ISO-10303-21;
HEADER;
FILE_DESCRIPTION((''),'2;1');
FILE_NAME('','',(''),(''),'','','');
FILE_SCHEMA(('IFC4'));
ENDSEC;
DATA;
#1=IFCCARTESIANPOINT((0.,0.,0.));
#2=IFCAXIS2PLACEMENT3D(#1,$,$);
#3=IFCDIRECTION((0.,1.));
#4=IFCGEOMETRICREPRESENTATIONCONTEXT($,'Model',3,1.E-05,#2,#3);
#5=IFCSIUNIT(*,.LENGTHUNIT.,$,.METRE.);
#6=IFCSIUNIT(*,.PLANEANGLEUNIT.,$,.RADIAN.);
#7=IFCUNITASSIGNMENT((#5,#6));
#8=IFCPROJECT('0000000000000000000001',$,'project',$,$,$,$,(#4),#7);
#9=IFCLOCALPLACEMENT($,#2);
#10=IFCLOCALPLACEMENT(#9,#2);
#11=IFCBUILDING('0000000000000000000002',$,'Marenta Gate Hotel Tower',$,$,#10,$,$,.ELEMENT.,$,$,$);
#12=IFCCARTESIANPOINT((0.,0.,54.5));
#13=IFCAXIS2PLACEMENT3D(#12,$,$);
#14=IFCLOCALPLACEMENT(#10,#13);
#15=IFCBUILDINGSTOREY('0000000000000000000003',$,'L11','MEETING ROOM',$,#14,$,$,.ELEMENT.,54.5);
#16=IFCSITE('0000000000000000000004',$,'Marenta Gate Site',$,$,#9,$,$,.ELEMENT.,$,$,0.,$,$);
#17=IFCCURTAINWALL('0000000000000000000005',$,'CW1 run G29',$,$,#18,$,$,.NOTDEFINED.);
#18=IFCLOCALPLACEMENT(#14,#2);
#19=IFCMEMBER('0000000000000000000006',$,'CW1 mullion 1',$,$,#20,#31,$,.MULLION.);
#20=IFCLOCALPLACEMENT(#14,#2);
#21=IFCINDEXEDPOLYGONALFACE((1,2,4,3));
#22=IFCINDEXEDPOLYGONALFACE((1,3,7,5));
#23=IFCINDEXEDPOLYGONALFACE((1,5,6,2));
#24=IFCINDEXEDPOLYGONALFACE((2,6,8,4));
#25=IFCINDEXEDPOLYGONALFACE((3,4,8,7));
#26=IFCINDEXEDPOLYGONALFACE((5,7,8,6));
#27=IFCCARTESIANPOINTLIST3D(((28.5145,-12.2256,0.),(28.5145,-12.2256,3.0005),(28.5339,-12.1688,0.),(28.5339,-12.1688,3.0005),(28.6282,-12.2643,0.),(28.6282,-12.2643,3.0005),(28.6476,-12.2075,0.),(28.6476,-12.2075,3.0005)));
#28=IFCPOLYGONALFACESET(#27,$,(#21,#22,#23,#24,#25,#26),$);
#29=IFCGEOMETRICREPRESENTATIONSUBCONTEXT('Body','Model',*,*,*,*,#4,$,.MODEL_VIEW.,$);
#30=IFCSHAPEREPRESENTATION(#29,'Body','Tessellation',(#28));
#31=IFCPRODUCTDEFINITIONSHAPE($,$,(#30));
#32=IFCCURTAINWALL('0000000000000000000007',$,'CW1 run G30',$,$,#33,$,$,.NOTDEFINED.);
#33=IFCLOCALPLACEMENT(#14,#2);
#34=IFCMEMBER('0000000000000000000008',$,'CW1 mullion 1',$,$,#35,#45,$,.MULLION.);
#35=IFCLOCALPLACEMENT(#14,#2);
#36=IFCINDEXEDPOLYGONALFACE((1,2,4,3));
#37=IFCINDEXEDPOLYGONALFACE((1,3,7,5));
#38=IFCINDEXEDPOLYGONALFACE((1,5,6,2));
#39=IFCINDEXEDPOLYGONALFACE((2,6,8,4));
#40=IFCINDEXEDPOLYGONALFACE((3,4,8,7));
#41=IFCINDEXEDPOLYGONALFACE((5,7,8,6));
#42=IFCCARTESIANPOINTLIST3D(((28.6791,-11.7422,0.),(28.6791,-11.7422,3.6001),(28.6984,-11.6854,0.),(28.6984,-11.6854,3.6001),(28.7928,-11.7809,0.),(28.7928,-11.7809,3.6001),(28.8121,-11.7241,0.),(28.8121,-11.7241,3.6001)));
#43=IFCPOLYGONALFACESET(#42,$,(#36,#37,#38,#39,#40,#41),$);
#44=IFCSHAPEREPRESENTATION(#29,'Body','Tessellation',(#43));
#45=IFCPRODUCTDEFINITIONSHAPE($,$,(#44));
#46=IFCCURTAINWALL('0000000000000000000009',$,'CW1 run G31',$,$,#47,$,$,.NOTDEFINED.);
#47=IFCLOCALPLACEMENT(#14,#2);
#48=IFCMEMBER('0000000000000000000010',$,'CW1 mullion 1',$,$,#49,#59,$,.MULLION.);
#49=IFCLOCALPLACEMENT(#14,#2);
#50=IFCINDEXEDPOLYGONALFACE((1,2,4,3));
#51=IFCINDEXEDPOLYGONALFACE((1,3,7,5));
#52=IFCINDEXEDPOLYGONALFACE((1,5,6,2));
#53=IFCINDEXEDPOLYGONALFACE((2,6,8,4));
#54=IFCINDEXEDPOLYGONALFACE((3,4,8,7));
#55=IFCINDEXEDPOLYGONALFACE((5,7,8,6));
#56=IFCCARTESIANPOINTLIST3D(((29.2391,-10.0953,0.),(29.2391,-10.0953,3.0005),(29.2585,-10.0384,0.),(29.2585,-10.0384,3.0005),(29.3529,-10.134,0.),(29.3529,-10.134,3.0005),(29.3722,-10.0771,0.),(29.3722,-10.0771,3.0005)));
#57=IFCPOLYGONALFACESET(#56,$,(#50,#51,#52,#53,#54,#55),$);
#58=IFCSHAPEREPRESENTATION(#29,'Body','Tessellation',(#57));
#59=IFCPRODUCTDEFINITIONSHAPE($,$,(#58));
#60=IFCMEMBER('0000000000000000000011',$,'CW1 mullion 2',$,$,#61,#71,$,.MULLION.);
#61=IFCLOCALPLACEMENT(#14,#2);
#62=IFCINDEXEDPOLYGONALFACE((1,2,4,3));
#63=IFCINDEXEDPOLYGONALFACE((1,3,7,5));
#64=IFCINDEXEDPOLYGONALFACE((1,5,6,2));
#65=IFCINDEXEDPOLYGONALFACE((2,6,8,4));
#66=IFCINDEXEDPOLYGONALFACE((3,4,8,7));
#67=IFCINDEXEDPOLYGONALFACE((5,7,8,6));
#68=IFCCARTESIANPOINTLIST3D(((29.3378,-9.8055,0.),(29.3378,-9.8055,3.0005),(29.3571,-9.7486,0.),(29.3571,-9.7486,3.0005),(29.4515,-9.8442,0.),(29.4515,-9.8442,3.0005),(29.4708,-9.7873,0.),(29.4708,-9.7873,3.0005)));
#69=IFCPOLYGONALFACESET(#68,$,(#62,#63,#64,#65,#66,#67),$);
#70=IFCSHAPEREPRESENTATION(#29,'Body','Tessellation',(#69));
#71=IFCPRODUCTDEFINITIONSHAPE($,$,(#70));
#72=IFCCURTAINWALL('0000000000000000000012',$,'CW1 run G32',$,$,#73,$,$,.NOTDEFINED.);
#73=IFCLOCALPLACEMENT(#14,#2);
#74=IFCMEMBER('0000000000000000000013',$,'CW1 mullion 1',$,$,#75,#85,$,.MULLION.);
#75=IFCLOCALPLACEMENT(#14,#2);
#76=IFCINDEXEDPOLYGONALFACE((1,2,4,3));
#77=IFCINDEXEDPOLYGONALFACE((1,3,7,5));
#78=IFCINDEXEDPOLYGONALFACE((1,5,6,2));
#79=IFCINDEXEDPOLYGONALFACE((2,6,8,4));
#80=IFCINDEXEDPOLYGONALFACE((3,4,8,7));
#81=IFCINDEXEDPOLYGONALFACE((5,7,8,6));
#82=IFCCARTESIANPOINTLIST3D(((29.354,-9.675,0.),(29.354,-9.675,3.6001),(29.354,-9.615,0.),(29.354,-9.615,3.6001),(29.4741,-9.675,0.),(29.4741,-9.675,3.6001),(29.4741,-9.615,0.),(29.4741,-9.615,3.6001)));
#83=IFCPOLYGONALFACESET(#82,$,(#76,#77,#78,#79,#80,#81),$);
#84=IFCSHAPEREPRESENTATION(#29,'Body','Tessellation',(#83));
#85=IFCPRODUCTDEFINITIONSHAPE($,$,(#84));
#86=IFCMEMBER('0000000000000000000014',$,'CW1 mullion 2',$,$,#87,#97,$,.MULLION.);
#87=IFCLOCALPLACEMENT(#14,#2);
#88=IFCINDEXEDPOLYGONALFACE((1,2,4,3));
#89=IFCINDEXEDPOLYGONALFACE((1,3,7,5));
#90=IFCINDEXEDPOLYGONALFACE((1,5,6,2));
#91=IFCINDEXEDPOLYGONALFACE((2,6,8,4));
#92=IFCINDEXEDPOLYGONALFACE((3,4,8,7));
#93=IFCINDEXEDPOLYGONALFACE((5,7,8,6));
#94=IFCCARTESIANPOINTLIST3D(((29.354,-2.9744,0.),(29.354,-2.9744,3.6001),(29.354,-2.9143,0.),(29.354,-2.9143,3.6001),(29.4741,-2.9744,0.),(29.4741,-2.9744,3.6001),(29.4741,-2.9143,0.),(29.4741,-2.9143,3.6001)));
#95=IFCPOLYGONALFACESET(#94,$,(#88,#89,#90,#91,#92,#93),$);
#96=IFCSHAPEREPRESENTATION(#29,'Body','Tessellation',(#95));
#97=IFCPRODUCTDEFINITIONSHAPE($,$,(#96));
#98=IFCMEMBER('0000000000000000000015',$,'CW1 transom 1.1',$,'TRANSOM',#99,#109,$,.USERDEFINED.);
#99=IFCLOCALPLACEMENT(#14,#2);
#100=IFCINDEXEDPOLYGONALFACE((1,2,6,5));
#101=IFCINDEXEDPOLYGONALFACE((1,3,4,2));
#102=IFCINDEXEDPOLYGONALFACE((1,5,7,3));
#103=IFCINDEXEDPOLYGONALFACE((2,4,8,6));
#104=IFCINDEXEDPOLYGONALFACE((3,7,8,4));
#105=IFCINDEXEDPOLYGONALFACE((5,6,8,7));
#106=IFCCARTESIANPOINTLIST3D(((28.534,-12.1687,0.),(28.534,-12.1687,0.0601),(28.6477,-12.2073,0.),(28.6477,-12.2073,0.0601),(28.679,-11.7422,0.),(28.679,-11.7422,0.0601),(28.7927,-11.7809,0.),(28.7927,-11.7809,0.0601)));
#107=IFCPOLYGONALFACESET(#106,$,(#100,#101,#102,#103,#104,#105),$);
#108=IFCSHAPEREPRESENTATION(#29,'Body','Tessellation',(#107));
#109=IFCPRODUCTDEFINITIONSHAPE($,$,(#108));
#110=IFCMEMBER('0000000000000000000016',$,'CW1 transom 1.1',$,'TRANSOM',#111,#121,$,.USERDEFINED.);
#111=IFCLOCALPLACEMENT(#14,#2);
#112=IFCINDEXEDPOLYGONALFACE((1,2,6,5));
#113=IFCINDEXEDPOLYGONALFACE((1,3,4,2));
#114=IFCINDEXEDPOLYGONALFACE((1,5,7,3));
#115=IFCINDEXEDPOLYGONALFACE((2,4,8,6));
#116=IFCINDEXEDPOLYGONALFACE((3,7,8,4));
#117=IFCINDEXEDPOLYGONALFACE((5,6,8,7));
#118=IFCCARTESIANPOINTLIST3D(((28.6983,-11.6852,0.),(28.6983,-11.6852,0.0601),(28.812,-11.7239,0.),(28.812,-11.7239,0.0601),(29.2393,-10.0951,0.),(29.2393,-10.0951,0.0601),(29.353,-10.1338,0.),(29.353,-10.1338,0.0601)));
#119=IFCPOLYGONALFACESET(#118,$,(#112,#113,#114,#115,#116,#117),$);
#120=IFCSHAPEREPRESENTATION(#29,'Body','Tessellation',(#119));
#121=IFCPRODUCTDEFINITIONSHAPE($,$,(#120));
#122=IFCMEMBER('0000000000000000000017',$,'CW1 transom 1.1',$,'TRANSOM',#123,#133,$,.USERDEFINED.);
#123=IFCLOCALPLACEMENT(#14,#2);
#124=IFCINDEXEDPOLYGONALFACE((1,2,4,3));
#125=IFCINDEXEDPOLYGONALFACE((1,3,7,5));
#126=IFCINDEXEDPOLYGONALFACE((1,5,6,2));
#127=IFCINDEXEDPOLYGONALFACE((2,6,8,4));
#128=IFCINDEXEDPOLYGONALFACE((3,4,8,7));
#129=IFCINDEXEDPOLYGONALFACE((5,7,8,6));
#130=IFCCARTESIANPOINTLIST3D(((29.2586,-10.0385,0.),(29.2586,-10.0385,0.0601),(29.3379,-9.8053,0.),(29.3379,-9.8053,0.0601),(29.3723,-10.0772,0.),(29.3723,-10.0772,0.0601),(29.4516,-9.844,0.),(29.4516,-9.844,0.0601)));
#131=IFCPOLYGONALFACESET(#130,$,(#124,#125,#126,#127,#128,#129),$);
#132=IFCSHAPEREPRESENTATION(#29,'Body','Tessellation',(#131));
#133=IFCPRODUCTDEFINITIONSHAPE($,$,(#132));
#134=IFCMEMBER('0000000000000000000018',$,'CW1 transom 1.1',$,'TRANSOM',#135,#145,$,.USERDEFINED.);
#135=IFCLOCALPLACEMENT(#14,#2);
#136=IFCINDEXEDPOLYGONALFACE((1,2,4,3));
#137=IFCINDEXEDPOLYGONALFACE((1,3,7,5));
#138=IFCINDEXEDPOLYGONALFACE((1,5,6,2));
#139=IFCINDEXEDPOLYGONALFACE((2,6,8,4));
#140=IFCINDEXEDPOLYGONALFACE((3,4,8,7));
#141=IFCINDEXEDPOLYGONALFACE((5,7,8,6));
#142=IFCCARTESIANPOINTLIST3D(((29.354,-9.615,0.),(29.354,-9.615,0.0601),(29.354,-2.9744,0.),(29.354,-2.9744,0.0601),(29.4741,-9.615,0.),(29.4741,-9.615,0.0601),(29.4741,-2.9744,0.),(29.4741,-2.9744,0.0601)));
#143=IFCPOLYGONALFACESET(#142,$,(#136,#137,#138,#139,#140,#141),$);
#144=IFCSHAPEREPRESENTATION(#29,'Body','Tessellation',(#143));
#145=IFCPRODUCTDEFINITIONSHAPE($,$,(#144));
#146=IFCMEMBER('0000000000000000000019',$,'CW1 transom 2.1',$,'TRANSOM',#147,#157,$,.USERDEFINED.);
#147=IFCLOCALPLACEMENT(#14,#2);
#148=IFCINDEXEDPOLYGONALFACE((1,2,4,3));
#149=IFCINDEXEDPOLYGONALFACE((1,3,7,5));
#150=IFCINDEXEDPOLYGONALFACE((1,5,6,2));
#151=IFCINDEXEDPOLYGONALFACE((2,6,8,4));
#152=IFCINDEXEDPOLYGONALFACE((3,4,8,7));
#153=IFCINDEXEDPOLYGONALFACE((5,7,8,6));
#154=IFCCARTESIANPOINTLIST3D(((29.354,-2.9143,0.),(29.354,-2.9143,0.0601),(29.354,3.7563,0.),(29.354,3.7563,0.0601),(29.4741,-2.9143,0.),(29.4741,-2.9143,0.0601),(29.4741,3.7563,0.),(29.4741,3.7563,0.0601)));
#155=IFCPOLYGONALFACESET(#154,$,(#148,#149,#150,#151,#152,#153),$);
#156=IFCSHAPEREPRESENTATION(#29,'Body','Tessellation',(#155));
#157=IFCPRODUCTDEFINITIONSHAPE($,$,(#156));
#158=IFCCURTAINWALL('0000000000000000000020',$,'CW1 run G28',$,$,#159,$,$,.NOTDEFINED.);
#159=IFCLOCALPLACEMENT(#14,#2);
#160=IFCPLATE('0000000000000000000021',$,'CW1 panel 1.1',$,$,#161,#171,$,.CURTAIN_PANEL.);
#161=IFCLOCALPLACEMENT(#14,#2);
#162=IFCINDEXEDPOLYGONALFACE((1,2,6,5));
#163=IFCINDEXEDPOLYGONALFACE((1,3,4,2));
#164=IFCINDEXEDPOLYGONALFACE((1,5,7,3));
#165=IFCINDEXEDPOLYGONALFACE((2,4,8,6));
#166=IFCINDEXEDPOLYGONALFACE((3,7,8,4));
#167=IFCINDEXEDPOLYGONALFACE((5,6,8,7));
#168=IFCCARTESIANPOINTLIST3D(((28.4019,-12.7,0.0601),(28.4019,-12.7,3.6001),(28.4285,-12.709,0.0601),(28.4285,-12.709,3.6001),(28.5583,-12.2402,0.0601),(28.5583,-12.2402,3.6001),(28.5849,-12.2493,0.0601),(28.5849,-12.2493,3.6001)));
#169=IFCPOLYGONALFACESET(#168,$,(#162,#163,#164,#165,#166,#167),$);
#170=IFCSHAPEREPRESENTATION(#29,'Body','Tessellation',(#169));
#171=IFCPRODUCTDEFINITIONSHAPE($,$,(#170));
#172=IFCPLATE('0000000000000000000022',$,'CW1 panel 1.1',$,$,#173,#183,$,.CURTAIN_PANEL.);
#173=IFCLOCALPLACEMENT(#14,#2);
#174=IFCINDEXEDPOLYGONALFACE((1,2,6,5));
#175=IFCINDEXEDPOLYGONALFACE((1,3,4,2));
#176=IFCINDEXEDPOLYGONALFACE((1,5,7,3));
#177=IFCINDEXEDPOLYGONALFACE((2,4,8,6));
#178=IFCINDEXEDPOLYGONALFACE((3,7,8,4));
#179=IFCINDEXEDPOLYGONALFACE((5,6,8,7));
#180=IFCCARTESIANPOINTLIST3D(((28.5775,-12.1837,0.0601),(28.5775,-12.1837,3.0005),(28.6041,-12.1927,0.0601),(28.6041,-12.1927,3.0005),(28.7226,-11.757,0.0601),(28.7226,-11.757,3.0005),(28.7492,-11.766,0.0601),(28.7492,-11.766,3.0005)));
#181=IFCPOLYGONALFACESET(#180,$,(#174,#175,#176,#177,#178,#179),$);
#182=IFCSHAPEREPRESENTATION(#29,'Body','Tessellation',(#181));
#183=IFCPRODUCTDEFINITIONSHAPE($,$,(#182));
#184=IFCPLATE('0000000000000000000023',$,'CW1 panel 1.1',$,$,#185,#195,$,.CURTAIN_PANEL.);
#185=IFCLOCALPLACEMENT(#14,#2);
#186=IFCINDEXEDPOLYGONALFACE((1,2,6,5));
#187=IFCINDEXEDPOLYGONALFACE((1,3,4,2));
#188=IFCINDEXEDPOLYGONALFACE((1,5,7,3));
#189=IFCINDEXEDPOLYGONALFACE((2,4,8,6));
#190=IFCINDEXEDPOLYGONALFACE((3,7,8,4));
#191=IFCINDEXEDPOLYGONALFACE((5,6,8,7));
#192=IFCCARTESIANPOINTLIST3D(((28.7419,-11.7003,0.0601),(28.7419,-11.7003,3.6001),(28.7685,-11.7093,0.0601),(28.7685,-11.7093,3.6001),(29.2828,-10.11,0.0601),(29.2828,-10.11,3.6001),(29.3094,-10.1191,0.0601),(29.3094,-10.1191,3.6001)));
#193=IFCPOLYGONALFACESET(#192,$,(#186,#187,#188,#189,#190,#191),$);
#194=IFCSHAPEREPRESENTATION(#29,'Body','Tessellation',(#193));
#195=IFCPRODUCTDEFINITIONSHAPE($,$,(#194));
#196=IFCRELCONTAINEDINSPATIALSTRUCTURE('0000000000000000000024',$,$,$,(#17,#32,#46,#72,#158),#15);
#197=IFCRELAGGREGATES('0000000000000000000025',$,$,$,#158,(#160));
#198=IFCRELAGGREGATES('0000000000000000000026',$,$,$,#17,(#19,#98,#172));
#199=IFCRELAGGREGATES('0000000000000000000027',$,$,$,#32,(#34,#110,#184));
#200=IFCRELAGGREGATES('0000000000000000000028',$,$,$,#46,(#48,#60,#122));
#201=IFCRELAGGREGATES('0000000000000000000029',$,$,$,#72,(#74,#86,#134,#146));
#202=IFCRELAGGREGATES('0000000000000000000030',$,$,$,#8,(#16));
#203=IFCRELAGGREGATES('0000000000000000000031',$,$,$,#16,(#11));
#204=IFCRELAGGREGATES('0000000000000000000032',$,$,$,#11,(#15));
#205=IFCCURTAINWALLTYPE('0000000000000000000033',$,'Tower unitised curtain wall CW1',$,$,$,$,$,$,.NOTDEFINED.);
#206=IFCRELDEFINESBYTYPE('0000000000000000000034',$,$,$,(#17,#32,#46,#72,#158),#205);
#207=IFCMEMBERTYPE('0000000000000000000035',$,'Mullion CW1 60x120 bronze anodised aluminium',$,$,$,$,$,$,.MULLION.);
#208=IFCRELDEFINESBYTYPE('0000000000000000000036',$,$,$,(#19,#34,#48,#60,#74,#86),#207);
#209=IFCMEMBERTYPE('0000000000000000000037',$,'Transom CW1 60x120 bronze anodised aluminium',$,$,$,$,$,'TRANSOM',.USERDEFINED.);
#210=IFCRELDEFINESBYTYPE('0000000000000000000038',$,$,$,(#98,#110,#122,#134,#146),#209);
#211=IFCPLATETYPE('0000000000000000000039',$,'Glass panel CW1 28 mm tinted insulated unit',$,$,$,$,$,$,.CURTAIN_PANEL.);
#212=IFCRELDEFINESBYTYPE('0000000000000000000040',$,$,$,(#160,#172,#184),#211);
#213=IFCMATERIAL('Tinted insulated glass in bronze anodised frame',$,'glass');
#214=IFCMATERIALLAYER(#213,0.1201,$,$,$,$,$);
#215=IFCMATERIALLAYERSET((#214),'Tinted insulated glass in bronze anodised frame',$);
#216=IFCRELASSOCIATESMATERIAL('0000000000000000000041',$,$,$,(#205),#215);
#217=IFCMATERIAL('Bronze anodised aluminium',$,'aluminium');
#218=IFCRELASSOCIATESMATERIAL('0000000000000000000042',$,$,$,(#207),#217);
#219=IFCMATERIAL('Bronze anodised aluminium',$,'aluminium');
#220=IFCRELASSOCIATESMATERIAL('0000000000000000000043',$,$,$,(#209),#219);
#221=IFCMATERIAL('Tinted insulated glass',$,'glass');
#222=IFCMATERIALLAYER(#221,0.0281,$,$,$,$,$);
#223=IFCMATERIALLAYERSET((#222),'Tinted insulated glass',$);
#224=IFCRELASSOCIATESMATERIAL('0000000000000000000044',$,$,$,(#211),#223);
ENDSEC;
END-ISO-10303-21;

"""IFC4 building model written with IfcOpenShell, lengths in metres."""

from ifc_helpers import new_model, si_unit, direction, frame, origin, origin_2d, place, context, subcontext, project, spatial, rectangle, extrude, material, layer, layer_set, material_profile, profile_set, type_object, element, aggregate, save


model = new_model("IFC4")

# Units and contexts
model_context = context("Model", 3, precision=1e-05, world=origin(), true_north=direction((0.0, 1.0)))
body_context = subcontext(model_context, "Body", "Model", "MODEL_VIEW")
ifc_project = project(units=[si_unit("LENGTHUNIT", "METRE"), si_unit("PLANEANGLEUNIT", "RADIAN")], contexts=[model_context])

# Site, building, storey
site_placement = place(None, origin())
site = spatial("IfcSite", under=ifc_project, at=site_placement, Name="Marenta Gate Site", CompositionType="ELEMENT", RefElevation=0.0)
building_placement = place(site_placement, origin())
building = spatial("IfcBuilding", under=site, at=building_placement, Name="Marenta Gate Hotel Tower", CompositionType="ELEMENT")
storey_placement = place(building_placement, frame((0.0, 0.0, 54.5)))
storey = spatial("IfcBuildingStorey", under=building, at=storey_placement, Name="L11", Description="MEETING ROOM", CompositionType="ELEMENT", Elevation=54.5)

# Curtain walls, members
ifc_material_1 = material(Name="Tinted insulated glass in bronze anodised frame", Category="glass")
ifc_layer_1 = layer(ifc_material_1, 0.1201)
ifc_layer_set_1 = layer_set([ifc_layer_1], Name="Tinted insulated glass in bronze anodised frame")
curtain_wall_type = type_object("IfcCurtainWallType", Name="Tower unitised curtain wall CW1", PredefinedType="NOTDEFINED", material=ifc_layer_set_1)
curtain_wall_1_placement = place(storey_placement, origin())
curtain_wall_1 = element("IfcCurtainWall", 1, at=curtain_wall_1_placement, inside=storey, type_object=curtain_wall_type, Name="CW1 run G29", PredefinedType="NOTDEFINED")
ifc_material_2 = material(Name="Bronze anodised aluminium", Category="aluminium")
ifc_material_profile_1 = material_profile(ifc_material_2, rectangle(XDim=0.1201, YDim=0.0601, at=origin_2d()), Name="Mullion CW1 60x120 bronze anodised aluminium")
ifc_profile_set_1 = profile_set([ifc_material_profile_1], Name="Bronze anodised aluminium")
member_type_1 = type_object("IfcMemberType", Name="Mullion CW1 60x120 bronze anodised aluminium", PredefinedType="MULLION", material=ifc_profile_set_1)
member_1_placement = place(storey_placement, frame((28.5811, -12.2166, 0.0), z_axis=(0.0, 0.0, 1.0), x_axis=(-0.946746, 0.32198, 0.0)))
member_1 = element("IfcMember", 2, at=member_1_placement, type_object=member_type_1, Name="CW1 mullion 1", PredefinedType="MULLION", context=body_context, shape_type="SweptSolid", body=[
    extrude(rectangle(XDim=0.1201, YDim=0.0601, at=origin_2d()), origin(), (0.0, 0.0, 1.0), 3.0005),
])
curtain_wall_2_placement = place(storey_placement, origin())
curtain_wall_2 = element("IfcCurtainWall", 3, at=curtain_wall_2_placement, inside=storey, type_object=curtain_wall_type, Name="CW1 run G30", PredefinedType="NOTDEFINED")
member_2_placement = place(storey_placement, frame((28.7456, -11.7332, 0.0), z_axis=(0.0, 0.0, 1.0), x_axis=(-0.946728, 0.322034, 0.0)))
member_2 = element("IfcMember", 4, at=member_2_placement, type_object=member_type_1, Name="CW1 mullion 1", PredefinedType="MULLION", context=body_context, shape_type="SweptSolid", body=[
    extrude(rectangle(XDim=0.1201, YDim=0.0601, at=origin_2d()), origin(), (0.0, 0.0, 1.0), 3.6001),
])

# Curtain walls, members
curtain_wall_3_placement = place(storey_placement, origin())
curtain_wall_3 = element("IfcCurtainWall", 5, at=curtain_wall_3_placement, inside=storey, type_object=curtain_wall_type, Name="CW1 run G31", PredefinedType="NOTDEFINED")
member_3_placement = place(storey_placement, frame((29.3057, -10.0862, 0.0), z_axis=(0.0, 0.0, 1.0), x_axis=(-0.946726, 0.32204, 0.0)))
member_3 = element("IfcMember", 6, at=member_3_placement, type_object=member_type_1, Name="CW1 mullion 1", PredefinedType="MULLION", context=body_context, shape_type="SweptSolid", body=[
    extrude(rectangle(XDim=0.1201, YDim=0.0601, at=origin_2d()), origin(), (0.0, 0.0, 1.0), 3.0005),
])
member_4_placement = place(storey_placement, frame((29.4043, -9.7964, 0.0), z_axis=(0.0, 0.0, 1.0), x_axis=(-0.946726, 0.32204, 0.0)))
member_4 = element("IfcMember", 7, at=member_4_placement, type_object=member_type_1, Name="CW1 mullion 2", PredefinedType="MULLION", context=body_context, shape_type="SweptSolid", body=[
    extrude(rectangle(XDim=0.1201, YDim=0.0601, at=origin_2d()), origin(), (0.0, 0.0, 1.0), 3.0005),
])
curtain_wall_4_placement = place(storey_placement, origin())
curtain_wall_4 = element("IfcCurtainWall", 8, at=curtain_wall_4_placement, inside=storey, type_object=curtain_wall_type, Name="CW1 run G32", PredefinedType="NOTDEFINED")
member_5_placement = place(storey_placement, frame((29.4141, -9.645, 0.0), z_axis=(0.0, 0.0, 1.0), x_axis=(-1.0, 0.0, 0.0)))
member_5 = element("IfcMember", 9, at=member_5_placement, type_object=member_type_1, Name="CW1 mullion 1", PredefinedType="MULLION", context=body_context, shape_type="SweptSolid", body=[
    extrude(rectangle(XDim=0.1201, YDim=0.0601, at=origin_2d()), origin(), (0.0, 0.0, 1.0), 3.6001),
])
member_6_placement = place(storey_placement, frame((29.4141, -2.9443, 0.0), z_axis=(0.0, 0.0, 1.0), x_axis=(-1.0, 0.0, 0.0)))
member_6 = element("IfcMember", 10, at=member_6_placement, type_object=member_type_1, Name="CW1 mullion 2", PredefinedType="MULLION", context=body_context, shape_type="SweptSolid", body=[
    extrude(rectangle(XDim=0.1201, YDim=0.0601, at=origin_2d()), origin(), (0.0, 0.0, 1.0), 3.6001),
])

# Members
ifc_material_3 = material(Name="Bronze anodised aluminium", Category="aluminium")
ifc_material_profile_2 = material_profile(ifc_material_3, rectangle(XDim=0.1201, YDim=0.0601, at=origin_2d()), Name="Transom CW1 60x120 bronze anodised aluminium")
ifc_profile_set_2 = profile_set([ifc_material_profile_2], Name="Bronze anodised aluminium")
member_type_2 = type_object("IfcMemberType", Name="Transom CW1 60x120 bronze anodised aluminium", ElementType="TRANSOM", PredefinedType="USERDEFINED", material=ifc_profile_set_2)
member_7_placement = place(storey_placement, frame((28.5908, -12.188, 0.03), z_axis=(0.321912, 0.946769, 0.0), x_axis=(-0.946769, 0.321912, 0.0)))
member_7 = element("IfcMember", 11, at=member_7_placement, type_object=member_type_2, Name="CW1 transom 1.1", ObjectType="TRANSOM", PredefinedType="USERDEFINED", context=body_context, shape_type="SweptSolid", body=[
    extrude(rectangle(XDim=0.1201, YDim=0.0601, at=origin_2d()), origin(), (0.0, 0.0, 1.0), 0.4504),
])
member_8_placement = place(storey_placement, frame((28.7551, -11.7046, 0.03), z_axis=(0.322109, 0.946703, 0.0), x_axis=(-0.946703, 0.322109, 0.0)))
member_8 = element("IfcMember", 12, at=member_8_placement, type_object=member_type_2, Name="CW1 transom 1.1", ObjectType="TRANSOM", PredefinedType="USERDEFINED", context=body_context, shape_type="SweptSolid", body=[
    extrude(rectangle(XDim=0.1201, YDim=0.0601, at=origin_2d()), origin(), (0.0, 0.0, 1.0), 1.6797),
])
member_9_placement = place(storey_placement, frame((29.3154, -10.0579, 0.03), z_axis=(0.322169, 0.946682, 0.0), x_axis=(-0.946682, 0.322169, 0.0)))
member_9 = element("IfcMember", 13, at=member_9_placement, type_object=member_type_2, Name="CW1 transom 1.1", ObjectType="TRANSOM", PredefinedType="USERDEFINED", context=body_context, shape_type="SweptSolid", body=[
    extrude(rectangle(XDim=0.1201, YDim=0.0601, at=origin_2d()), origin(), (0.0, 0.0, 1.0), 0.2463),
])
member_10_placement = place(storey_placement, frame((29.4141, -9.615, 0.03), z_axis=(0.0, 1.0, 0.0), x_axis=(-1.0, 0.0, 0.0)))
member_10 = element("IfcMember", 14, at=member_10_placement, type_object=member_type_2, Name="CW1 transom 1.1", ObjectType="TRANSOM", PredefinedType="USERDEFINED", context=body_context, shape_type="SweptSolid", body=[
    extrude(rectangle(XDim=0.1201, YDim=0.0601, at=origin_2d()), origin(), (0.0, 0.0, 1.0), 6.6406),
])
member_11_placement = place(storey_placement, frame((29.4141, -2.9143, 0.03), z_axis=(0.0, 1.0, 0.0), x_axis=(-1.0, 0.0, 0.0)))
member_11 = element("IfcMember", 15, at=member_11_placement, type_object=member_type_2, Name="CW1 transom 2.1", ObjectType="TRANSOM", PredefinedType="USERDEFINED", context=body_context, shape_type="SweptSolid", body=[
    extrude(rectangle(XDim=0.1201, YDim=0.0601, at=origin_2d()), origin(), (0.0, 0.0, 1.0), 6.6707),
])

# Curtain wall, plate
curtain_wall_5_placement = place(storey_placement, origin())
curtain_wall_5 = element("IfcCurtainWall", 16, at=curtain_wall_5_placement, inside=storey, type_object=curtain_wall_type, Name="CW1 run G28", PredefinedType="NOTDEFINED")
ifc_material_4 = material(Name="Tinted insulated glass", Category="glass")
ifc_layer_2 = layer(ifc_material_4, 0.0281)
ifc_layer_set_2 = layer_set([ifc_layer_2], Name="Tinted insulated glass")
plate_type = type_object("IfcPlateType", Name="Glass panel CW1 28 mm tinted insulated unit", PredefinedType="CURTAIN_PANEL", material=ifc_layer_set_2)
plate_1_placement = place(storey_placement, frame((28.4934, -12.4746, 0.0601), z_axis=(0.0, 0.0, 1.0), x_axis=(0.322051, 0.946722, 0.0)))
plate_1 = element("IfcPlate", 17, at=plate_1_placement, type_object=plate_type, Name="CW1 panel 1.1", PredefinedType="CURTAIN_PANEL", context=body_context, shape_type="SweptSolid", body=[
    extrude(rectangle(XDim=0.4856, YDim=0.0281, at=origin_2d()), origin(), (0.0, 0.0, 1.0), 3.54),
])
aggregate(curtain_wall_5, [plate_1])

# Plates
plate_2_placement = place(storey_placement, frame((28.6633, -11.9749, 0.0601), z_axis=(0.0, 0.0, 1.0), x_axis=(0.32198, 0.946746, 0.0)))
plate_2 = element("IfcPlate", 18, at=plate_2_placement, type_object=plate_type, Name="CW1 panel 1.1", PredefinedType="CURTAIN_PANEL", context=body_context, shape_type="SweptSolid", body=[
    extrude(rectangle(XDim=0.4507, YDim=0.0281, at=origin_2d()), origin(), (0.0, 0.0, 1.0), 2.9404),
])
aggregate(curtain_wall_1, [member_1, member_7, plate_2])
plate_3_placement = place(storey_placement, frame((29.0256, -10.9097, 0.0601), z_axis=(0.0, 0.0, 1.0), x_axis=(0.322034, 0.946728, 0.0)))
plate_3 = element("IfcPlate", 19, at=plate_3_placement, type_object=plate_type, Name="CW1 panel 1.1", PredefinedType="CURTAIN_PANEL", context=body_context, shape_type="SweptSolid", body=[
    extrude(rectangle(XDim=1.6797, YDim=0.0281, at=origin_2d()), origin(), (0.0, 0.0, 1.0), 3.54),
])
aggregate(curtain_wall_2, [member_2, member_8, plate_3])
aggregate(curtain_wall_3, [member_3, member_4, member_9])
aggregate(curtain_wall_4, [member_5, member_6, member_10, member_11])

save(model, "model.ifc")
